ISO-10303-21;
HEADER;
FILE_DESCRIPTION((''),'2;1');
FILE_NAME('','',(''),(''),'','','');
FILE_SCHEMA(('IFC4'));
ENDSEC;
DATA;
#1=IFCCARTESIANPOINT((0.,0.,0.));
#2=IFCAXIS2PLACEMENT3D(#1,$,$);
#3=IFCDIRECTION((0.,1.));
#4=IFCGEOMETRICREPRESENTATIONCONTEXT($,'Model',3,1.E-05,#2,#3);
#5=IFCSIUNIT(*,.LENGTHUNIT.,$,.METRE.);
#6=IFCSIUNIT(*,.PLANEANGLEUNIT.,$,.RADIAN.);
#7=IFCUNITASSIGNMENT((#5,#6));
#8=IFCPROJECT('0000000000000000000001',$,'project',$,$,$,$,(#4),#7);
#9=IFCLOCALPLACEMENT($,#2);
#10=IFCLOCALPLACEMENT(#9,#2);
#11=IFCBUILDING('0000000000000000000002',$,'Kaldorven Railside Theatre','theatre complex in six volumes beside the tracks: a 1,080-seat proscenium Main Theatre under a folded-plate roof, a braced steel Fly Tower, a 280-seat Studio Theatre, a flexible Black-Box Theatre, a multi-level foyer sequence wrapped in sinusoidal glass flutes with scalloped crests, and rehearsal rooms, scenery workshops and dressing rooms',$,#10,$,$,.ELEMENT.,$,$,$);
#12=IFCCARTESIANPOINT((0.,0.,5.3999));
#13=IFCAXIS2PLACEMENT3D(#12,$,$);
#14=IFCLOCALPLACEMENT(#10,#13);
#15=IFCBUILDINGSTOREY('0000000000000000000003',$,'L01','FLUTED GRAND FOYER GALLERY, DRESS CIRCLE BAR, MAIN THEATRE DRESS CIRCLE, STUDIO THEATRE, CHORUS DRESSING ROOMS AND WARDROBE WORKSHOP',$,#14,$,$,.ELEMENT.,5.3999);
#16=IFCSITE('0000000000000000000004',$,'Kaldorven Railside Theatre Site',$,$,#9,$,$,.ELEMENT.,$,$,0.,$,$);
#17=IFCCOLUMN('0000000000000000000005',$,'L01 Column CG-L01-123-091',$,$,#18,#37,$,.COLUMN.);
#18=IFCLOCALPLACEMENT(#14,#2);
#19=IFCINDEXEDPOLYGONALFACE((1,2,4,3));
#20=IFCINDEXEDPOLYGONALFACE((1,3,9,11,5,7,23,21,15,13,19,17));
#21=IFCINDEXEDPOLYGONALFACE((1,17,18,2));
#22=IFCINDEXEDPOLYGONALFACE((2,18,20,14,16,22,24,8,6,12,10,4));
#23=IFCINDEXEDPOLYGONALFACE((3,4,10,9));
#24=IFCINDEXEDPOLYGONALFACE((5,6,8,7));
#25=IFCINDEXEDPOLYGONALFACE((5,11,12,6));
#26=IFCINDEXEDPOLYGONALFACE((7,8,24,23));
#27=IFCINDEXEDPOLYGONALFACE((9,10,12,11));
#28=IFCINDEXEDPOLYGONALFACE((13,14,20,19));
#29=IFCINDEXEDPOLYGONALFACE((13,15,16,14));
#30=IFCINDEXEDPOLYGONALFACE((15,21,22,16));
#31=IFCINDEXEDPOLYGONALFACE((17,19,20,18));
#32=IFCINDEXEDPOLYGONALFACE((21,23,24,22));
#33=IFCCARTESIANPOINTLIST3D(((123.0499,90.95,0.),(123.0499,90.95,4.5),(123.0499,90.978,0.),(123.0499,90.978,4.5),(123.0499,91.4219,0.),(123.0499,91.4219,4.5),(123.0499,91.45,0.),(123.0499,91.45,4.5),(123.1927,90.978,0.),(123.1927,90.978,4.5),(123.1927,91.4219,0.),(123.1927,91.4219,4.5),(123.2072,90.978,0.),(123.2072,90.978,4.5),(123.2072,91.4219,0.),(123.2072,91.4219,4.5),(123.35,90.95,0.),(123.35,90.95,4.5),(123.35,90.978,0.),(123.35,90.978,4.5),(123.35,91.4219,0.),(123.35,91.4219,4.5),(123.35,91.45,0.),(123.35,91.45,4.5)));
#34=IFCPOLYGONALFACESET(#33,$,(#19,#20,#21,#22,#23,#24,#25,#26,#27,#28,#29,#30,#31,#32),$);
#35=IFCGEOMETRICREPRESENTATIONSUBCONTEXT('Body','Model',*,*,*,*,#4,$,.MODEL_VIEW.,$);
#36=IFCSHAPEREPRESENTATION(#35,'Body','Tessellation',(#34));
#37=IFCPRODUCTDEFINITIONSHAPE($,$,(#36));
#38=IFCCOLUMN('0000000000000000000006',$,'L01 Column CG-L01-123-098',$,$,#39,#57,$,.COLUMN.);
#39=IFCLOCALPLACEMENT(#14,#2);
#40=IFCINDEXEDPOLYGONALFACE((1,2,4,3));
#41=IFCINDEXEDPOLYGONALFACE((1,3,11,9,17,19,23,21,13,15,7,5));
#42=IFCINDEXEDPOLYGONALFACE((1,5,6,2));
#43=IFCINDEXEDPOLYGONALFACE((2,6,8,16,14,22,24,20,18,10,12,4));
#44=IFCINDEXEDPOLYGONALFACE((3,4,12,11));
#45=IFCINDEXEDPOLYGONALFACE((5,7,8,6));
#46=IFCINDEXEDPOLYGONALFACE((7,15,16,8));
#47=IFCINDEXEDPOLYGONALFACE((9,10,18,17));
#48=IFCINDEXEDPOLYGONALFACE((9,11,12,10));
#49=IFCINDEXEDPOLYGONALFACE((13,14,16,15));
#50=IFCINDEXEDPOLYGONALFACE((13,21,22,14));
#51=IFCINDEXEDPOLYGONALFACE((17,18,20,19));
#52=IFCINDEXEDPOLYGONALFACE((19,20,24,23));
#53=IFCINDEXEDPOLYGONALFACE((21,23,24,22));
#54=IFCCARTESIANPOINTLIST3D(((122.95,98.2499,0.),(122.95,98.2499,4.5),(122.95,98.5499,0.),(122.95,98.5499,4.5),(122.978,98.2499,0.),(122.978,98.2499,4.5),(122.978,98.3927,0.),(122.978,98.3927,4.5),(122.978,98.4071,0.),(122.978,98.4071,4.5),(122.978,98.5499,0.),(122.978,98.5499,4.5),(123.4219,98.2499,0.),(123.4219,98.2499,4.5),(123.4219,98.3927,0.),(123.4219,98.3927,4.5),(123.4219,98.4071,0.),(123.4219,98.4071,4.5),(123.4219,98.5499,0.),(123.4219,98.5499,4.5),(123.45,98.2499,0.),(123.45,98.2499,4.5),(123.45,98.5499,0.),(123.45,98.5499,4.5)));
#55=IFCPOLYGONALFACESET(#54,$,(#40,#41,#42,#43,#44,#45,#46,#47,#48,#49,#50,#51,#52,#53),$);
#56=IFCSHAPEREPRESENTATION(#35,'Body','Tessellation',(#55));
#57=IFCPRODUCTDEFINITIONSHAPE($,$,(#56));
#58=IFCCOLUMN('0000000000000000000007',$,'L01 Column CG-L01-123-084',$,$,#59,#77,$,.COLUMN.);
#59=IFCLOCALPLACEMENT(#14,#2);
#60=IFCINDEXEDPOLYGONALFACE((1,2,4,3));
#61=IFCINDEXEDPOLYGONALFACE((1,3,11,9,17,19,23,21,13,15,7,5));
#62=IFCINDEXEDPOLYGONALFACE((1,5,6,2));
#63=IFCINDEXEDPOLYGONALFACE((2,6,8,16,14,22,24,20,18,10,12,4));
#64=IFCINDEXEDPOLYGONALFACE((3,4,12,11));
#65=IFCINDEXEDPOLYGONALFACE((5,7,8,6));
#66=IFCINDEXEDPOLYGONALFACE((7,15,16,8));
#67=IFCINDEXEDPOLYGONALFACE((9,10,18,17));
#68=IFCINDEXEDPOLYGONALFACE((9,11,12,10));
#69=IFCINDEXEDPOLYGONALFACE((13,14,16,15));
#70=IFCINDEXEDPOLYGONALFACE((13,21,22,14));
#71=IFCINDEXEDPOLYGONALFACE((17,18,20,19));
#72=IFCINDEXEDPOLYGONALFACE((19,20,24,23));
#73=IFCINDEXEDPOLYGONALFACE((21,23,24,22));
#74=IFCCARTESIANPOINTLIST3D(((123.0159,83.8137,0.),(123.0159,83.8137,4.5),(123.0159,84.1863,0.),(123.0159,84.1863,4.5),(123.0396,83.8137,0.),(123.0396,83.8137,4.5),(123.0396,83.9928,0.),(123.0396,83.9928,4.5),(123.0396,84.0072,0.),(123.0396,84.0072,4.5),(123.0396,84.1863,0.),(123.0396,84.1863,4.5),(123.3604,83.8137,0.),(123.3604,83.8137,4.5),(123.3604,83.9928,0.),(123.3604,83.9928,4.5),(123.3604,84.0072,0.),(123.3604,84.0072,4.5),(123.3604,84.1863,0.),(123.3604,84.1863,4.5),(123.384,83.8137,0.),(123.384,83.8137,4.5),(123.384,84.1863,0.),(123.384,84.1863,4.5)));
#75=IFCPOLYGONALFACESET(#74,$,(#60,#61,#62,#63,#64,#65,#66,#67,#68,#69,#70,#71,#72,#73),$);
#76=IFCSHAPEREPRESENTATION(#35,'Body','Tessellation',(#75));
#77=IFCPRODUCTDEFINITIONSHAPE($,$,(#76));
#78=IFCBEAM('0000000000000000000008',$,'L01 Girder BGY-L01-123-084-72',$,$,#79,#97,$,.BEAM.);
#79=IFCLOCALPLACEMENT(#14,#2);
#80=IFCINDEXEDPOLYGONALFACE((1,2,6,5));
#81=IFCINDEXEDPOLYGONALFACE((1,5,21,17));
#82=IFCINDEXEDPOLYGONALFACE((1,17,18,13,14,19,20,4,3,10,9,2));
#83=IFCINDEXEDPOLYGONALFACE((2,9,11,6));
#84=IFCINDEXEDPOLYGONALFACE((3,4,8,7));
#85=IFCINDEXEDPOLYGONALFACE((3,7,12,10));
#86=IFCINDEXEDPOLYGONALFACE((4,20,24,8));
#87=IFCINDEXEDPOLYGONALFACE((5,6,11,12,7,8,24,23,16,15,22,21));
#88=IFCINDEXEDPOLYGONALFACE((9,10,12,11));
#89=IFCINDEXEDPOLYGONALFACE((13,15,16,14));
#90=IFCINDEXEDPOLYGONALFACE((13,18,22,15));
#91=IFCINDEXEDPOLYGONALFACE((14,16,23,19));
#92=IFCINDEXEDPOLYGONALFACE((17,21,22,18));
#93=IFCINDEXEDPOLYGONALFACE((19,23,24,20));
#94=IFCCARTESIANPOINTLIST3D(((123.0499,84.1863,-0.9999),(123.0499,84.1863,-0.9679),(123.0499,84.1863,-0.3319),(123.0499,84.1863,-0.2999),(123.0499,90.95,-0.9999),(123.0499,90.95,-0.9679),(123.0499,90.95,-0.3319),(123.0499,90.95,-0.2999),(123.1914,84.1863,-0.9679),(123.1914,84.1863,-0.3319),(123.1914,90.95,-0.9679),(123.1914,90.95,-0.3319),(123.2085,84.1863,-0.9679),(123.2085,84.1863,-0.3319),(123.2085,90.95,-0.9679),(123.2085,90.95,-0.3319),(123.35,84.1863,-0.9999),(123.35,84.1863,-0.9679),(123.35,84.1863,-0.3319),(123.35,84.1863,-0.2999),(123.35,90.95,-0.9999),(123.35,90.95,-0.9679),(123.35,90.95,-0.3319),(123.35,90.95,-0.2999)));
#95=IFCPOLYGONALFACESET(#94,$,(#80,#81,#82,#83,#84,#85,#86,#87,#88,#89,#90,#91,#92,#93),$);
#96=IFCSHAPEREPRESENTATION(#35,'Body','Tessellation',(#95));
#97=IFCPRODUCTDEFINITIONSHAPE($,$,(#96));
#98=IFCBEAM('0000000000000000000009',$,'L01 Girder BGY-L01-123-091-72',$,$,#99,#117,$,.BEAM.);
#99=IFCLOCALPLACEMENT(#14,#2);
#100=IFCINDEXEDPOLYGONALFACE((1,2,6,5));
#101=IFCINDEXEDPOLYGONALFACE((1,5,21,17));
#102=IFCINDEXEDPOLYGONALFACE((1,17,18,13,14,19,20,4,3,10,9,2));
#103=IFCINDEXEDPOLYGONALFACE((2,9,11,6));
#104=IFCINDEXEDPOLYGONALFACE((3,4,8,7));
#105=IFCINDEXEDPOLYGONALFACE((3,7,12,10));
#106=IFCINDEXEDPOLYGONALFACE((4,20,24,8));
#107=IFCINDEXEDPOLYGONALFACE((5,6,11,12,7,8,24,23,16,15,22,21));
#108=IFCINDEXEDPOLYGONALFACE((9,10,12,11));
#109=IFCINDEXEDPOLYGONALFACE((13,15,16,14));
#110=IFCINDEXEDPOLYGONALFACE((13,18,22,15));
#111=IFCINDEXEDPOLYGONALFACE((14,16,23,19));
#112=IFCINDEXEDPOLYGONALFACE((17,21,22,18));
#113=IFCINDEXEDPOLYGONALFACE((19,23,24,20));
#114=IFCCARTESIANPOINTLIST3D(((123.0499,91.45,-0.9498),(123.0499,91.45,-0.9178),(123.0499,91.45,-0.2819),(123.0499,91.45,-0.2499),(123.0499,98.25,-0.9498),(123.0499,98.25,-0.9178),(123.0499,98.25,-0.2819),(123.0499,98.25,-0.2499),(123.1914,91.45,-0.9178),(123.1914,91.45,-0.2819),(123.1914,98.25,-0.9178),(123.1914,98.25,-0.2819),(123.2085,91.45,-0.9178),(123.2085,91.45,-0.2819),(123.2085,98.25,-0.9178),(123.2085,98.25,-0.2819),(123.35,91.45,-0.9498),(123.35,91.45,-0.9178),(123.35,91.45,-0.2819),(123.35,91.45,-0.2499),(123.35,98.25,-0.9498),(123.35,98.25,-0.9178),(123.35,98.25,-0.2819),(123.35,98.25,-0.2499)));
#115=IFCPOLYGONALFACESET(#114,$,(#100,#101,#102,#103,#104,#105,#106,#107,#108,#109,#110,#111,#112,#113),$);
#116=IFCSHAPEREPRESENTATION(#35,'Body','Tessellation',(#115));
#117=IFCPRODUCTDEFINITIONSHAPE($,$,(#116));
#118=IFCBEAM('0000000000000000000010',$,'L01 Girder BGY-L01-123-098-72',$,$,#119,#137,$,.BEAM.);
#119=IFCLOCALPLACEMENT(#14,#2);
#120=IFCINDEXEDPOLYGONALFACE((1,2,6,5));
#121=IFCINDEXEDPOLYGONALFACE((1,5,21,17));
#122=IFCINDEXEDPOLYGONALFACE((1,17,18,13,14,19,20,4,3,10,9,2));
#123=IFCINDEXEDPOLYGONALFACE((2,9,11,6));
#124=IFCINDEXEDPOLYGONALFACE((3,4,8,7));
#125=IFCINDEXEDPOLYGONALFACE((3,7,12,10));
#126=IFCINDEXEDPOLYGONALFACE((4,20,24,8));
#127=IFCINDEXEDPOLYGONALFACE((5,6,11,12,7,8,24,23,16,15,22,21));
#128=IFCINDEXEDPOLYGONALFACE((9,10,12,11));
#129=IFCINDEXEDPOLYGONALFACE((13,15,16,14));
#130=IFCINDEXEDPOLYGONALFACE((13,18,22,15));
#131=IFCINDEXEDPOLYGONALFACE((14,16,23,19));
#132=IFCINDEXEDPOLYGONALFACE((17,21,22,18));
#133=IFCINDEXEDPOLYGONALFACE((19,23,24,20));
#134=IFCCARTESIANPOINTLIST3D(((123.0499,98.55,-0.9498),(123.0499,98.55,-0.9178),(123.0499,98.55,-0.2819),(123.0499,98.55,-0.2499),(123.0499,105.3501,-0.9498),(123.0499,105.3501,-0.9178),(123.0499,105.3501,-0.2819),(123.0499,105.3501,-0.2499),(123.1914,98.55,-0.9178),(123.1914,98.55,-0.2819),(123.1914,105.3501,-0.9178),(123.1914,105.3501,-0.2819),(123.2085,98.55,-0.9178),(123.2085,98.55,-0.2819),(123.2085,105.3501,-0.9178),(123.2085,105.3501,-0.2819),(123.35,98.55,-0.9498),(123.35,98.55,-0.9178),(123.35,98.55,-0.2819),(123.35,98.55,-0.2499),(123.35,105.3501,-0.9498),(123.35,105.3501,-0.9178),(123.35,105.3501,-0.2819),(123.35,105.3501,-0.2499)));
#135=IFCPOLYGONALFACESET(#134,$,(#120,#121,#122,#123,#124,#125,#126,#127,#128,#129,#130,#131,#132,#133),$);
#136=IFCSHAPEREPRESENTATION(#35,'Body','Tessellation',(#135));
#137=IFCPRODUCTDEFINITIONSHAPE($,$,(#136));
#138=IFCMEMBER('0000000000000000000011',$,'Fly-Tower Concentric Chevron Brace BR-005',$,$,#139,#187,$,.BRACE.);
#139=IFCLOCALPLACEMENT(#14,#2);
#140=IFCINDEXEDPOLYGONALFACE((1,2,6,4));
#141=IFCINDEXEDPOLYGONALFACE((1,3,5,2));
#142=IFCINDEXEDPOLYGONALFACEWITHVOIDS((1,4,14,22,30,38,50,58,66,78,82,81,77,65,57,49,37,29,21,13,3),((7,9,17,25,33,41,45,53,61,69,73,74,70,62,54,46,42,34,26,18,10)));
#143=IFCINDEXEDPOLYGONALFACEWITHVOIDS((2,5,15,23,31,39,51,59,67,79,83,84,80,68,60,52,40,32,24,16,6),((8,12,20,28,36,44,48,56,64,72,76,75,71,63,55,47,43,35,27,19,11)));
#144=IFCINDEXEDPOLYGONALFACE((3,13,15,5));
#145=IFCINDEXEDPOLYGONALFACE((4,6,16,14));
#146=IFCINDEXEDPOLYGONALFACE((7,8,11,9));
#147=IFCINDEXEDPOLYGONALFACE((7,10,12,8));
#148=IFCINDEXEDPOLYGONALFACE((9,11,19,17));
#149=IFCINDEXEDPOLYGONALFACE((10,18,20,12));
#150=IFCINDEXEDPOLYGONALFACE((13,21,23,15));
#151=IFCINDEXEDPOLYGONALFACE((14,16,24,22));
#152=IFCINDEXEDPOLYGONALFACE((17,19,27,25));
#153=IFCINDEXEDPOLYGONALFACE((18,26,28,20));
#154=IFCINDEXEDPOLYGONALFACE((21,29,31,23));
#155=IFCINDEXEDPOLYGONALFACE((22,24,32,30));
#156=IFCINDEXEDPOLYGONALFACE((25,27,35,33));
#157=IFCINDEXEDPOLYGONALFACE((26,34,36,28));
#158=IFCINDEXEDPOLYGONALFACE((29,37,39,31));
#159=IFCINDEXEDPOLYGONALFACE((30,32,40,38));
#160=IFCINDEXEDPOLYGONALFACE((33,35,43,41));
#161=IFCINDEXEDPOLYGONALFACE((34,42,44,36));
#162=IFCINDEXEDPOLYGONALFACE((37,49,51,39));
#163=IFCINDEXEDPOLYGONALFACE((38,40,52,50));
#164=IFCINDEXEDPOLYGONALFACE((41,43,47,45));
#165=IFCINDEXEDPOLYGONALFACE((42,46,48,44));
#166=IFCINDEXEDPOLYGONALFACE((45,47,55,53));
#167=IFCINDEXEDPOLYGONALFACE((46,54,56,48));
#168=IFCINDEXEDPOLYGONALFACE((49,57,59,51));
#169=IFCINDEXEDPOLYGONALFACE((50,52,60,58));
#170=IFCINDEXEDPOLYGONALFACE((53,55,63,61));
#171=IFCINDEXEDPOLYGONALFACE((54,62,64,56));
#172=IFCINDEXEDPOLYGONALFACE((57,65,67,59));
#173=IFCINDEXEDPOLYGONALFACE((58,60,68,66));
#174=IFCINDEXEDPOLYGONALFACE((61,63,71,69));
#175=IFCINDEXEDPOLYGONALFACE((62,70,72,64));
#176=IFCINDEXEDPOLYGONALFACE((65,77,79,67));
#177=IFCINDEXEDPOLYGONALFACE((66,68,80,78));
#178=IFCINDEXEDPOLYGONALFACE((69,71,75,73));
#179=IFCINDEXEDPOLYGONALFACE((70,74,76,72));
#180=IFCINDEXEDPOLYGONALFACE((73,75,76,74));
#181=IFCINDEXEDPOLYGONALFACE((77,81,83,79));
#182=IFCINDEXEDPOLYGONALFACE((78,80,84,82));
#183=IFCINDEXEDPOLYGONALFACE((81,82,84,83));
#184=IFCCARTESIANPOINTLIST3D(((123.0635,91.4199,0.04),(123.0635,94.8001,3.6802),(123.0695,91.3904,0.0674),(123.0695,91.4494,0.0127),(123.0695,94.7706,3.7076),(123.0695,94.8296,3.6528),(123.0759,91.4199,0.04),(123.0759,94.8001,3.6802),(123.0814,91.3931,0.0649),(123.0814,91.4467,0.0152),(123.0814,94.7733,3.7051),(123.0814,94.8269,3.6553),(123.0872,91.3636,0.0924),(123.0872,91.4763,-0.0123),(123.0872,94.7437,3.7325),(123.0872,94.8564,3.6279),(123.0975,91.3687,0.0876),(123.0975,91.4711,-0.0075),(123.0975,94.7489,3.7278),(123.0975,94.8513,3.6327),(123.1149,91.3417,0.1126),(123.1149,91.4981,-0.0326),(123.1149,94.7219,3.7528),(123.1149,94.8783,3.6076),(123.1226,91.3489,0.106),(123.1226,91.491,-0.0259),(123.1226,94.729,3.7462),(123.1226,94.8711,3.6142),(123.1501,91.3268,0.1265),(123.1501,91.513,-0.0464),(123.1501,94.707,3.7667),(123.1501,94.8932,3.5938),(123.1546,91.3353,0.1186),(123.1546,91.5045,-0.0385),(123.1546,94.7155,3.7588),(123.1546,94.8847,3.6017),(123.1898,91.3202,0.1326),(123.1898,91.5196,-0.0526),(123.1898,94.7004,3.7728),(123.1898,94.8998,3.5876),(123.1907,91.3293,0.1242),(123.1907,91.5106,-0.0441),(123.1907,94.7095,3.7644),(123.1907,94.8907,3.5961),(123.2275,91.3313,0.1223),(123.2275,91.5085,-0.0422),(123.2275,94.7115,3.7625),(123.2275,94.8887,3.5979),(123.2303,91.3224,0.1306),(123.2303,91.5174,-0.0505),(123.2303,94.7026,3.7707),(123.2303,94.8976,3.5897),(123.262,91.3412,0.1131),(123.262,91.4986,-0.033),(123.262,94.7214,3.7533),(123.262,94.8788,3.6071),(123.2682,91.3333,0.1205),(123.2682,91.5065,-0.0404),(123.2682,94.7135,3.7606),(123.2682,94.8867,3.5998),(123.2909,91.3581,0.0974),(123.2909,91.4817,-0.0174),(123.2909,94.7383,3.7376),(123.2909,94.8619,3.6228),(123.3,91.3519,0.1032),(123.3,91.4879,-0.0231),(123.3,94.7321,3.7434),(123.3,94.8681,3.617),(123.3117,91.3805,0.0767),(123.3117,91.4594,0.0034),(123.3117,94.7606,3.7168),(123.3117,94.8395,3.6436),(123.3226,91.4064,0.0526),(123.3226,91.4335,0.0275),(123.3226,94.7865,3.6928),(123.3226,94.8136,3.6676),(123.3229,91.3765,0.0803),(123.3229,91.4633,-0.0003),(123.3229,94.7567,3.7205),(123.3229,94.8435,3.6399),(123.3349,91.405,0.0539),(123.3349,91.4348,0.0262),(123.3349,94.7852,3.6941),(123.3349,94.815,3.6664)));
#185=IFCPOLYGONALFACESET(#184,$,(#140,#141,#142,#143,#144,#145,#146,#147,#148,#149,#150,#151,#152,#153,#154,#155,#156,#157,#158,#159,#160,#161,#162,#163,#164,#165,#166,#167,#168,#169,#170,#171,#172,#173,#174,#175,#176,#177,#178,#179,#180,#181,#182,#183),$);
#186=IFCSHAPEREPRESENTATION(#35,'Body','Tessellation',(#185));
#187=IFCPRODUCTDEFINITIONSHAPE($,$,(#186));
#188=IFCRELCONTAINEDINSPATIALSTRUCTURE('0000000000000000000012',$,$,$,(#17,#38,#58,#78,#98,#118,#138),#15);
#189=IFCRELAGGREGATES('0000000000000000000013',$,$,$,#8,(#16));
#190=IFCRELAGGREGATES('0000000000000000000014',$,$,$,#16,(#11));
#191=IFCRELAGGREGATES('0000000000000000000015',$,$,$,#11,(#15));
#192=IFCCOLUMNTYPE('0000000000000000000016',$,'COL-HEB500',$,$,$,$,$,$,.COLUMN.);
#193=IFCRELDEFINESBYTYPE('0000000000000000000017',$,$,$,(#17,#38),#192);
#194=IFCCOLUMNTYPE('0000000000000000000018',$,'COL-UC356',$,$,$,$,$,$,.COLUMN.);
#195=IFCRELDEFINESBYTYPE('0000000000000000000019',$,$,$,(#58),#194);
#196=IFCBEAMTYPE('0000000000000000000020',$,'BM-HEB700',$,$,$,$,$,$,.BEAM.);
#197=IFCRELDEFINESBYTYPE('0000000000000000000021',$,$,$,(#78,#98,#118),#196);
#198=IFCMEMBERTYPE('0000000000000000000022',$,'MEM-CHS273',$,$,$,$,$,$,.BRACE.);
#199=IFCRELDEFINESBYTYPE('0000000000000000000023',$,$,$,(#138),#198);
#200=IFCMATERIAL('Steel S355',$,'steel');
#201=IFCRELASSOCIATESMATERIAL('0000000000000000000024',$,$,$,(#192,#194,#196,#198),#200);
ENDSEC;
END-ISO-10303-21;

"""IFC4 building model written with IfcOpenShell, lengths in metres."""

from ifc_helpers import new_model, si_unit, direction, frame, origin, origin_2d, place, context, subcontext, project, spatial, hollow_circle, i_section, extrude, material, material_profile, profile_set, type_object, element, save


model = new_model("IFC4")

# Units and contexts
model_context = context("Model", 3, precision=1e-05, world=origin(), true_north=direction((0.0, 1.0)))
body_context = subcontext(model_context, "Body", "Model", "MODEL_VIEW")
ifc_project = project(units=[si_unit("LENGTHUNIT", "METRE"), si_unit("PLANEANGLEUNIT", "RADIAN")], contexts=[model_context])

# Site, building, storey
site_placement = place(None, origin())
site = spatial("IfcSite", under=ifc_project, at=site_placement, Name="Kaldorven Railside Theatre Site", CompositionType="ELEMENT", RefElevation=0.0)
building_placement = place(site_placement, origin())
building = spatial("IfcBuilding", under=site, at=building_placement, Name="Kaldorven Railside Theatre", Description="theatre complex in six volumes beside the tracks: a 1,080-seat proscenium Main Theatre under a folded-plate roof, a braced steel Fly Tower, a 280-seat Studio Theatre, a flexible Black-Box Theatre, a multi-level foyer sequence wrapped in sinusoidal glass flutes with scalloped crests, and rehearsal rooms, scenery workshops and dressing rooms", CompositionType="ELEMENT")
storey_placement = place(building_placement, frame((0.0, 0.0, 5.3999)))
storey = spatial("IfcBuildingStorey", under=building, at=storey_placement, Name="L01", Description="FLUTED GRAND FOYER GALLERY, DRESS CIRCLE BAR, MAIN THEATRE DRESS CIRCLE, STUDIO THEATRE, CHORUS DRESSING ROOMS AND WARDROBE WORKSHOP", CompositionType="ELEMENT", Elevation=5.3999)

# Columns
ifc_material_1 = material(Name="Steel S355", Category="steel")
ifc_material_profile_1 = material_profile(ifc_material_1, i_section(OverallWidth=0.3, OverallDepth=0.5, WebThickness=0.0144, FlangeThickness=0.0281, at=origin_2d()), Name="HEB 500")
ifc_profile_set_1 = profile_set([ifc_material_profile_1], Name="Steel S355")
column_type_1 = type_object("IfcColumnType", Name="COL-HEB500", PredefinedType="COLUMN", material=ifc_profile_set_1)
for number, where, z_axis, x_axis, name in (
    (1, (123.2, 91.2, 0.0), (0.0, 0.0, 1.0), (1.0, 0.0, 0.0), "L01 Column CG-L01-123-091"),
    (2, (123.2, 98.3999, 0.0), (0.0, 0.0, 1.0), (0.0, 1.0, 0.0), "L01 Column CG-L01-123-098"),
):
    element("IfcColumn", number, at=place(storey_placement, frame(where, z_axis=z_axis, x_axis=x_axis)), inside=storey, type_object=column_type_1, Name=name, PredefinedType="COLUMN", context=body_context, shape_type="SweptSolid", body=[
        extrude(i_section(OverallWidth=0.3, OverallDepth=0.5, WebThickness=0.0144, FlangeThickness=0.0281, at=origin_2d()), origin(), (0.0, 0.0, 1.0), 4.5),
    ])
ifc_material_profile_2 = material_profile(ifc_material_1, i_section(OverallWidth=0.3726, OverallDepth=0.3682, WebThickness=0.0144, FlangeThickness=0.0237, at=origin_2d()), Name="UC 356x368x177")
ifc_profile_set_2 = profile_set([ifc_material_profile_2], Name="Steel S355")
column_type_2 = type_object("IfcColumnType", Name="COL-UC356", PredefinedType="COLUMN", material=ifc_profile_set_2)
column_placement = place(storey_placement, frame((123.2, 84.0, 0.0), z_axis=(0.0, 0.0, 1.0), x_axis=(0.0, 1.0, 0.0)))
element("IfcColumn", 3, at=column_placement, inside=storey, type_object=column_type_2, Name="L01 Column CG-L01-123-084", PredefinedType="COLUMN", context=body_context, shape_type="SweptSolid", body=[
    extrude(i_section(OverallWidth=0.3726, OverallDepth=0.3682, WebThickness=0.0144, FlangeThickness=0.0237, at=origin_2d()), origin(), (0.0, 0.0, 1.0), 4.5),
])

# Beams
ifc_material_profile_3 = material_profile(ifc_material_1, i_section(OverallWidth=0.3, OverallDepth=0.7, WebThickness=0.0171, FlangeThickness=0.032, at=origin_2d()), Name="HEB 700")
ifc_profile_set_3 = profile_set([ifc_material_profile_3], Name="Steel S355")
beam_type = type_object("IfcBeamType", Name="BM-HEB700", PredefinedType="BEAM", material=ifc_profile_set_3)
beam_placement = place(storey_placement, frame((123.2, 84.1863, -0.6499), z_axis=(0.0, 1.0, 0.0), x_axis=(-1.0, 0.0, 0.0)))
element("IfcBeam", 4, at=beam_placement, inside=storey, type_object=beam_type, Name="L01 Girder BGY-L01-123-084-72", PredefinedType="BEAM", context=body_context, shape_type="SweptSolid", body=[
    extrude(i_section(OverallWidth=0.3, OverallDepth=0.7, WebThickness=0.0171, FlangeThickness=0.032, at=origin_2d()), origin(), (0.0, 0.0, 1.0), 6.7637),
])
for number, where, z_axis, x_axis, name in (
    (5, (123.2, 91.45, -0.5999), (0.0, 1.0, 0.0), (-1.0, 0.0, 0.0), "L01 Girder BGY-L01-123-091-72"),
    (6, (123.2, 98.55, -0.5999), (0.0, 1.0, 0.0), (-1.0, 0.0, 0.0), "L01 Girder BGY-L01-123-098-72"),
):
    element("IfcBeam", number, at=place(storey_placement, frame(where, z_axis=z_axis, x_axis=x_axis)), inside=storey, type_object=beam_type, Name=name, PredefinedType="BEAM", context=body_context, shape_type="SweptSolid", body=[
        extrude(i_section(OverallWidth=0.3, OverallDepth=0.7, WebThickness=0.0171, FlangeThickness=0.032, at=origin_2d()), origin(), (0.0, 0.0, 1.0), 6.8),
    ])

# Member
ifc_material_profile_4 = material_profile(ifc_material_1, hollow_circle(Radius=0.1365, WallThickness=0.0125, at=origin_2d()), Name="CHS 273x12.5")
ifc_profile_set_4 = profile_set([ifc_material_profile_4], Name="Steel S355")
member_type = type_object("IfcMemberType", Name="MEM-CHS273", PredefinedType="BRACE", material=ifc_profile_set_4)
member_placement = place(storey_placement, frame((123.2, 91.4199, 0.04), z_axis=(0.0, 0.680451, 0.732793), x_axis=(-1.0, 0.0, 0.0)))
element("IfcMember", 7, at=member_placement, inside=storey, type_object=member_type, Name="Fly-Tower Concentric Chevron Brace BR-005", PredefinedType="BRACE", context=body_context, shape_type="SweptSolid", body=[
    extrude(hollow_circle(Radius=0.1365, WallThickness=0.0125, at=origin_2d()), origin(), (0.0, 0.0, 1.0), 4.9675),
])

save(model, "model.ifc")
